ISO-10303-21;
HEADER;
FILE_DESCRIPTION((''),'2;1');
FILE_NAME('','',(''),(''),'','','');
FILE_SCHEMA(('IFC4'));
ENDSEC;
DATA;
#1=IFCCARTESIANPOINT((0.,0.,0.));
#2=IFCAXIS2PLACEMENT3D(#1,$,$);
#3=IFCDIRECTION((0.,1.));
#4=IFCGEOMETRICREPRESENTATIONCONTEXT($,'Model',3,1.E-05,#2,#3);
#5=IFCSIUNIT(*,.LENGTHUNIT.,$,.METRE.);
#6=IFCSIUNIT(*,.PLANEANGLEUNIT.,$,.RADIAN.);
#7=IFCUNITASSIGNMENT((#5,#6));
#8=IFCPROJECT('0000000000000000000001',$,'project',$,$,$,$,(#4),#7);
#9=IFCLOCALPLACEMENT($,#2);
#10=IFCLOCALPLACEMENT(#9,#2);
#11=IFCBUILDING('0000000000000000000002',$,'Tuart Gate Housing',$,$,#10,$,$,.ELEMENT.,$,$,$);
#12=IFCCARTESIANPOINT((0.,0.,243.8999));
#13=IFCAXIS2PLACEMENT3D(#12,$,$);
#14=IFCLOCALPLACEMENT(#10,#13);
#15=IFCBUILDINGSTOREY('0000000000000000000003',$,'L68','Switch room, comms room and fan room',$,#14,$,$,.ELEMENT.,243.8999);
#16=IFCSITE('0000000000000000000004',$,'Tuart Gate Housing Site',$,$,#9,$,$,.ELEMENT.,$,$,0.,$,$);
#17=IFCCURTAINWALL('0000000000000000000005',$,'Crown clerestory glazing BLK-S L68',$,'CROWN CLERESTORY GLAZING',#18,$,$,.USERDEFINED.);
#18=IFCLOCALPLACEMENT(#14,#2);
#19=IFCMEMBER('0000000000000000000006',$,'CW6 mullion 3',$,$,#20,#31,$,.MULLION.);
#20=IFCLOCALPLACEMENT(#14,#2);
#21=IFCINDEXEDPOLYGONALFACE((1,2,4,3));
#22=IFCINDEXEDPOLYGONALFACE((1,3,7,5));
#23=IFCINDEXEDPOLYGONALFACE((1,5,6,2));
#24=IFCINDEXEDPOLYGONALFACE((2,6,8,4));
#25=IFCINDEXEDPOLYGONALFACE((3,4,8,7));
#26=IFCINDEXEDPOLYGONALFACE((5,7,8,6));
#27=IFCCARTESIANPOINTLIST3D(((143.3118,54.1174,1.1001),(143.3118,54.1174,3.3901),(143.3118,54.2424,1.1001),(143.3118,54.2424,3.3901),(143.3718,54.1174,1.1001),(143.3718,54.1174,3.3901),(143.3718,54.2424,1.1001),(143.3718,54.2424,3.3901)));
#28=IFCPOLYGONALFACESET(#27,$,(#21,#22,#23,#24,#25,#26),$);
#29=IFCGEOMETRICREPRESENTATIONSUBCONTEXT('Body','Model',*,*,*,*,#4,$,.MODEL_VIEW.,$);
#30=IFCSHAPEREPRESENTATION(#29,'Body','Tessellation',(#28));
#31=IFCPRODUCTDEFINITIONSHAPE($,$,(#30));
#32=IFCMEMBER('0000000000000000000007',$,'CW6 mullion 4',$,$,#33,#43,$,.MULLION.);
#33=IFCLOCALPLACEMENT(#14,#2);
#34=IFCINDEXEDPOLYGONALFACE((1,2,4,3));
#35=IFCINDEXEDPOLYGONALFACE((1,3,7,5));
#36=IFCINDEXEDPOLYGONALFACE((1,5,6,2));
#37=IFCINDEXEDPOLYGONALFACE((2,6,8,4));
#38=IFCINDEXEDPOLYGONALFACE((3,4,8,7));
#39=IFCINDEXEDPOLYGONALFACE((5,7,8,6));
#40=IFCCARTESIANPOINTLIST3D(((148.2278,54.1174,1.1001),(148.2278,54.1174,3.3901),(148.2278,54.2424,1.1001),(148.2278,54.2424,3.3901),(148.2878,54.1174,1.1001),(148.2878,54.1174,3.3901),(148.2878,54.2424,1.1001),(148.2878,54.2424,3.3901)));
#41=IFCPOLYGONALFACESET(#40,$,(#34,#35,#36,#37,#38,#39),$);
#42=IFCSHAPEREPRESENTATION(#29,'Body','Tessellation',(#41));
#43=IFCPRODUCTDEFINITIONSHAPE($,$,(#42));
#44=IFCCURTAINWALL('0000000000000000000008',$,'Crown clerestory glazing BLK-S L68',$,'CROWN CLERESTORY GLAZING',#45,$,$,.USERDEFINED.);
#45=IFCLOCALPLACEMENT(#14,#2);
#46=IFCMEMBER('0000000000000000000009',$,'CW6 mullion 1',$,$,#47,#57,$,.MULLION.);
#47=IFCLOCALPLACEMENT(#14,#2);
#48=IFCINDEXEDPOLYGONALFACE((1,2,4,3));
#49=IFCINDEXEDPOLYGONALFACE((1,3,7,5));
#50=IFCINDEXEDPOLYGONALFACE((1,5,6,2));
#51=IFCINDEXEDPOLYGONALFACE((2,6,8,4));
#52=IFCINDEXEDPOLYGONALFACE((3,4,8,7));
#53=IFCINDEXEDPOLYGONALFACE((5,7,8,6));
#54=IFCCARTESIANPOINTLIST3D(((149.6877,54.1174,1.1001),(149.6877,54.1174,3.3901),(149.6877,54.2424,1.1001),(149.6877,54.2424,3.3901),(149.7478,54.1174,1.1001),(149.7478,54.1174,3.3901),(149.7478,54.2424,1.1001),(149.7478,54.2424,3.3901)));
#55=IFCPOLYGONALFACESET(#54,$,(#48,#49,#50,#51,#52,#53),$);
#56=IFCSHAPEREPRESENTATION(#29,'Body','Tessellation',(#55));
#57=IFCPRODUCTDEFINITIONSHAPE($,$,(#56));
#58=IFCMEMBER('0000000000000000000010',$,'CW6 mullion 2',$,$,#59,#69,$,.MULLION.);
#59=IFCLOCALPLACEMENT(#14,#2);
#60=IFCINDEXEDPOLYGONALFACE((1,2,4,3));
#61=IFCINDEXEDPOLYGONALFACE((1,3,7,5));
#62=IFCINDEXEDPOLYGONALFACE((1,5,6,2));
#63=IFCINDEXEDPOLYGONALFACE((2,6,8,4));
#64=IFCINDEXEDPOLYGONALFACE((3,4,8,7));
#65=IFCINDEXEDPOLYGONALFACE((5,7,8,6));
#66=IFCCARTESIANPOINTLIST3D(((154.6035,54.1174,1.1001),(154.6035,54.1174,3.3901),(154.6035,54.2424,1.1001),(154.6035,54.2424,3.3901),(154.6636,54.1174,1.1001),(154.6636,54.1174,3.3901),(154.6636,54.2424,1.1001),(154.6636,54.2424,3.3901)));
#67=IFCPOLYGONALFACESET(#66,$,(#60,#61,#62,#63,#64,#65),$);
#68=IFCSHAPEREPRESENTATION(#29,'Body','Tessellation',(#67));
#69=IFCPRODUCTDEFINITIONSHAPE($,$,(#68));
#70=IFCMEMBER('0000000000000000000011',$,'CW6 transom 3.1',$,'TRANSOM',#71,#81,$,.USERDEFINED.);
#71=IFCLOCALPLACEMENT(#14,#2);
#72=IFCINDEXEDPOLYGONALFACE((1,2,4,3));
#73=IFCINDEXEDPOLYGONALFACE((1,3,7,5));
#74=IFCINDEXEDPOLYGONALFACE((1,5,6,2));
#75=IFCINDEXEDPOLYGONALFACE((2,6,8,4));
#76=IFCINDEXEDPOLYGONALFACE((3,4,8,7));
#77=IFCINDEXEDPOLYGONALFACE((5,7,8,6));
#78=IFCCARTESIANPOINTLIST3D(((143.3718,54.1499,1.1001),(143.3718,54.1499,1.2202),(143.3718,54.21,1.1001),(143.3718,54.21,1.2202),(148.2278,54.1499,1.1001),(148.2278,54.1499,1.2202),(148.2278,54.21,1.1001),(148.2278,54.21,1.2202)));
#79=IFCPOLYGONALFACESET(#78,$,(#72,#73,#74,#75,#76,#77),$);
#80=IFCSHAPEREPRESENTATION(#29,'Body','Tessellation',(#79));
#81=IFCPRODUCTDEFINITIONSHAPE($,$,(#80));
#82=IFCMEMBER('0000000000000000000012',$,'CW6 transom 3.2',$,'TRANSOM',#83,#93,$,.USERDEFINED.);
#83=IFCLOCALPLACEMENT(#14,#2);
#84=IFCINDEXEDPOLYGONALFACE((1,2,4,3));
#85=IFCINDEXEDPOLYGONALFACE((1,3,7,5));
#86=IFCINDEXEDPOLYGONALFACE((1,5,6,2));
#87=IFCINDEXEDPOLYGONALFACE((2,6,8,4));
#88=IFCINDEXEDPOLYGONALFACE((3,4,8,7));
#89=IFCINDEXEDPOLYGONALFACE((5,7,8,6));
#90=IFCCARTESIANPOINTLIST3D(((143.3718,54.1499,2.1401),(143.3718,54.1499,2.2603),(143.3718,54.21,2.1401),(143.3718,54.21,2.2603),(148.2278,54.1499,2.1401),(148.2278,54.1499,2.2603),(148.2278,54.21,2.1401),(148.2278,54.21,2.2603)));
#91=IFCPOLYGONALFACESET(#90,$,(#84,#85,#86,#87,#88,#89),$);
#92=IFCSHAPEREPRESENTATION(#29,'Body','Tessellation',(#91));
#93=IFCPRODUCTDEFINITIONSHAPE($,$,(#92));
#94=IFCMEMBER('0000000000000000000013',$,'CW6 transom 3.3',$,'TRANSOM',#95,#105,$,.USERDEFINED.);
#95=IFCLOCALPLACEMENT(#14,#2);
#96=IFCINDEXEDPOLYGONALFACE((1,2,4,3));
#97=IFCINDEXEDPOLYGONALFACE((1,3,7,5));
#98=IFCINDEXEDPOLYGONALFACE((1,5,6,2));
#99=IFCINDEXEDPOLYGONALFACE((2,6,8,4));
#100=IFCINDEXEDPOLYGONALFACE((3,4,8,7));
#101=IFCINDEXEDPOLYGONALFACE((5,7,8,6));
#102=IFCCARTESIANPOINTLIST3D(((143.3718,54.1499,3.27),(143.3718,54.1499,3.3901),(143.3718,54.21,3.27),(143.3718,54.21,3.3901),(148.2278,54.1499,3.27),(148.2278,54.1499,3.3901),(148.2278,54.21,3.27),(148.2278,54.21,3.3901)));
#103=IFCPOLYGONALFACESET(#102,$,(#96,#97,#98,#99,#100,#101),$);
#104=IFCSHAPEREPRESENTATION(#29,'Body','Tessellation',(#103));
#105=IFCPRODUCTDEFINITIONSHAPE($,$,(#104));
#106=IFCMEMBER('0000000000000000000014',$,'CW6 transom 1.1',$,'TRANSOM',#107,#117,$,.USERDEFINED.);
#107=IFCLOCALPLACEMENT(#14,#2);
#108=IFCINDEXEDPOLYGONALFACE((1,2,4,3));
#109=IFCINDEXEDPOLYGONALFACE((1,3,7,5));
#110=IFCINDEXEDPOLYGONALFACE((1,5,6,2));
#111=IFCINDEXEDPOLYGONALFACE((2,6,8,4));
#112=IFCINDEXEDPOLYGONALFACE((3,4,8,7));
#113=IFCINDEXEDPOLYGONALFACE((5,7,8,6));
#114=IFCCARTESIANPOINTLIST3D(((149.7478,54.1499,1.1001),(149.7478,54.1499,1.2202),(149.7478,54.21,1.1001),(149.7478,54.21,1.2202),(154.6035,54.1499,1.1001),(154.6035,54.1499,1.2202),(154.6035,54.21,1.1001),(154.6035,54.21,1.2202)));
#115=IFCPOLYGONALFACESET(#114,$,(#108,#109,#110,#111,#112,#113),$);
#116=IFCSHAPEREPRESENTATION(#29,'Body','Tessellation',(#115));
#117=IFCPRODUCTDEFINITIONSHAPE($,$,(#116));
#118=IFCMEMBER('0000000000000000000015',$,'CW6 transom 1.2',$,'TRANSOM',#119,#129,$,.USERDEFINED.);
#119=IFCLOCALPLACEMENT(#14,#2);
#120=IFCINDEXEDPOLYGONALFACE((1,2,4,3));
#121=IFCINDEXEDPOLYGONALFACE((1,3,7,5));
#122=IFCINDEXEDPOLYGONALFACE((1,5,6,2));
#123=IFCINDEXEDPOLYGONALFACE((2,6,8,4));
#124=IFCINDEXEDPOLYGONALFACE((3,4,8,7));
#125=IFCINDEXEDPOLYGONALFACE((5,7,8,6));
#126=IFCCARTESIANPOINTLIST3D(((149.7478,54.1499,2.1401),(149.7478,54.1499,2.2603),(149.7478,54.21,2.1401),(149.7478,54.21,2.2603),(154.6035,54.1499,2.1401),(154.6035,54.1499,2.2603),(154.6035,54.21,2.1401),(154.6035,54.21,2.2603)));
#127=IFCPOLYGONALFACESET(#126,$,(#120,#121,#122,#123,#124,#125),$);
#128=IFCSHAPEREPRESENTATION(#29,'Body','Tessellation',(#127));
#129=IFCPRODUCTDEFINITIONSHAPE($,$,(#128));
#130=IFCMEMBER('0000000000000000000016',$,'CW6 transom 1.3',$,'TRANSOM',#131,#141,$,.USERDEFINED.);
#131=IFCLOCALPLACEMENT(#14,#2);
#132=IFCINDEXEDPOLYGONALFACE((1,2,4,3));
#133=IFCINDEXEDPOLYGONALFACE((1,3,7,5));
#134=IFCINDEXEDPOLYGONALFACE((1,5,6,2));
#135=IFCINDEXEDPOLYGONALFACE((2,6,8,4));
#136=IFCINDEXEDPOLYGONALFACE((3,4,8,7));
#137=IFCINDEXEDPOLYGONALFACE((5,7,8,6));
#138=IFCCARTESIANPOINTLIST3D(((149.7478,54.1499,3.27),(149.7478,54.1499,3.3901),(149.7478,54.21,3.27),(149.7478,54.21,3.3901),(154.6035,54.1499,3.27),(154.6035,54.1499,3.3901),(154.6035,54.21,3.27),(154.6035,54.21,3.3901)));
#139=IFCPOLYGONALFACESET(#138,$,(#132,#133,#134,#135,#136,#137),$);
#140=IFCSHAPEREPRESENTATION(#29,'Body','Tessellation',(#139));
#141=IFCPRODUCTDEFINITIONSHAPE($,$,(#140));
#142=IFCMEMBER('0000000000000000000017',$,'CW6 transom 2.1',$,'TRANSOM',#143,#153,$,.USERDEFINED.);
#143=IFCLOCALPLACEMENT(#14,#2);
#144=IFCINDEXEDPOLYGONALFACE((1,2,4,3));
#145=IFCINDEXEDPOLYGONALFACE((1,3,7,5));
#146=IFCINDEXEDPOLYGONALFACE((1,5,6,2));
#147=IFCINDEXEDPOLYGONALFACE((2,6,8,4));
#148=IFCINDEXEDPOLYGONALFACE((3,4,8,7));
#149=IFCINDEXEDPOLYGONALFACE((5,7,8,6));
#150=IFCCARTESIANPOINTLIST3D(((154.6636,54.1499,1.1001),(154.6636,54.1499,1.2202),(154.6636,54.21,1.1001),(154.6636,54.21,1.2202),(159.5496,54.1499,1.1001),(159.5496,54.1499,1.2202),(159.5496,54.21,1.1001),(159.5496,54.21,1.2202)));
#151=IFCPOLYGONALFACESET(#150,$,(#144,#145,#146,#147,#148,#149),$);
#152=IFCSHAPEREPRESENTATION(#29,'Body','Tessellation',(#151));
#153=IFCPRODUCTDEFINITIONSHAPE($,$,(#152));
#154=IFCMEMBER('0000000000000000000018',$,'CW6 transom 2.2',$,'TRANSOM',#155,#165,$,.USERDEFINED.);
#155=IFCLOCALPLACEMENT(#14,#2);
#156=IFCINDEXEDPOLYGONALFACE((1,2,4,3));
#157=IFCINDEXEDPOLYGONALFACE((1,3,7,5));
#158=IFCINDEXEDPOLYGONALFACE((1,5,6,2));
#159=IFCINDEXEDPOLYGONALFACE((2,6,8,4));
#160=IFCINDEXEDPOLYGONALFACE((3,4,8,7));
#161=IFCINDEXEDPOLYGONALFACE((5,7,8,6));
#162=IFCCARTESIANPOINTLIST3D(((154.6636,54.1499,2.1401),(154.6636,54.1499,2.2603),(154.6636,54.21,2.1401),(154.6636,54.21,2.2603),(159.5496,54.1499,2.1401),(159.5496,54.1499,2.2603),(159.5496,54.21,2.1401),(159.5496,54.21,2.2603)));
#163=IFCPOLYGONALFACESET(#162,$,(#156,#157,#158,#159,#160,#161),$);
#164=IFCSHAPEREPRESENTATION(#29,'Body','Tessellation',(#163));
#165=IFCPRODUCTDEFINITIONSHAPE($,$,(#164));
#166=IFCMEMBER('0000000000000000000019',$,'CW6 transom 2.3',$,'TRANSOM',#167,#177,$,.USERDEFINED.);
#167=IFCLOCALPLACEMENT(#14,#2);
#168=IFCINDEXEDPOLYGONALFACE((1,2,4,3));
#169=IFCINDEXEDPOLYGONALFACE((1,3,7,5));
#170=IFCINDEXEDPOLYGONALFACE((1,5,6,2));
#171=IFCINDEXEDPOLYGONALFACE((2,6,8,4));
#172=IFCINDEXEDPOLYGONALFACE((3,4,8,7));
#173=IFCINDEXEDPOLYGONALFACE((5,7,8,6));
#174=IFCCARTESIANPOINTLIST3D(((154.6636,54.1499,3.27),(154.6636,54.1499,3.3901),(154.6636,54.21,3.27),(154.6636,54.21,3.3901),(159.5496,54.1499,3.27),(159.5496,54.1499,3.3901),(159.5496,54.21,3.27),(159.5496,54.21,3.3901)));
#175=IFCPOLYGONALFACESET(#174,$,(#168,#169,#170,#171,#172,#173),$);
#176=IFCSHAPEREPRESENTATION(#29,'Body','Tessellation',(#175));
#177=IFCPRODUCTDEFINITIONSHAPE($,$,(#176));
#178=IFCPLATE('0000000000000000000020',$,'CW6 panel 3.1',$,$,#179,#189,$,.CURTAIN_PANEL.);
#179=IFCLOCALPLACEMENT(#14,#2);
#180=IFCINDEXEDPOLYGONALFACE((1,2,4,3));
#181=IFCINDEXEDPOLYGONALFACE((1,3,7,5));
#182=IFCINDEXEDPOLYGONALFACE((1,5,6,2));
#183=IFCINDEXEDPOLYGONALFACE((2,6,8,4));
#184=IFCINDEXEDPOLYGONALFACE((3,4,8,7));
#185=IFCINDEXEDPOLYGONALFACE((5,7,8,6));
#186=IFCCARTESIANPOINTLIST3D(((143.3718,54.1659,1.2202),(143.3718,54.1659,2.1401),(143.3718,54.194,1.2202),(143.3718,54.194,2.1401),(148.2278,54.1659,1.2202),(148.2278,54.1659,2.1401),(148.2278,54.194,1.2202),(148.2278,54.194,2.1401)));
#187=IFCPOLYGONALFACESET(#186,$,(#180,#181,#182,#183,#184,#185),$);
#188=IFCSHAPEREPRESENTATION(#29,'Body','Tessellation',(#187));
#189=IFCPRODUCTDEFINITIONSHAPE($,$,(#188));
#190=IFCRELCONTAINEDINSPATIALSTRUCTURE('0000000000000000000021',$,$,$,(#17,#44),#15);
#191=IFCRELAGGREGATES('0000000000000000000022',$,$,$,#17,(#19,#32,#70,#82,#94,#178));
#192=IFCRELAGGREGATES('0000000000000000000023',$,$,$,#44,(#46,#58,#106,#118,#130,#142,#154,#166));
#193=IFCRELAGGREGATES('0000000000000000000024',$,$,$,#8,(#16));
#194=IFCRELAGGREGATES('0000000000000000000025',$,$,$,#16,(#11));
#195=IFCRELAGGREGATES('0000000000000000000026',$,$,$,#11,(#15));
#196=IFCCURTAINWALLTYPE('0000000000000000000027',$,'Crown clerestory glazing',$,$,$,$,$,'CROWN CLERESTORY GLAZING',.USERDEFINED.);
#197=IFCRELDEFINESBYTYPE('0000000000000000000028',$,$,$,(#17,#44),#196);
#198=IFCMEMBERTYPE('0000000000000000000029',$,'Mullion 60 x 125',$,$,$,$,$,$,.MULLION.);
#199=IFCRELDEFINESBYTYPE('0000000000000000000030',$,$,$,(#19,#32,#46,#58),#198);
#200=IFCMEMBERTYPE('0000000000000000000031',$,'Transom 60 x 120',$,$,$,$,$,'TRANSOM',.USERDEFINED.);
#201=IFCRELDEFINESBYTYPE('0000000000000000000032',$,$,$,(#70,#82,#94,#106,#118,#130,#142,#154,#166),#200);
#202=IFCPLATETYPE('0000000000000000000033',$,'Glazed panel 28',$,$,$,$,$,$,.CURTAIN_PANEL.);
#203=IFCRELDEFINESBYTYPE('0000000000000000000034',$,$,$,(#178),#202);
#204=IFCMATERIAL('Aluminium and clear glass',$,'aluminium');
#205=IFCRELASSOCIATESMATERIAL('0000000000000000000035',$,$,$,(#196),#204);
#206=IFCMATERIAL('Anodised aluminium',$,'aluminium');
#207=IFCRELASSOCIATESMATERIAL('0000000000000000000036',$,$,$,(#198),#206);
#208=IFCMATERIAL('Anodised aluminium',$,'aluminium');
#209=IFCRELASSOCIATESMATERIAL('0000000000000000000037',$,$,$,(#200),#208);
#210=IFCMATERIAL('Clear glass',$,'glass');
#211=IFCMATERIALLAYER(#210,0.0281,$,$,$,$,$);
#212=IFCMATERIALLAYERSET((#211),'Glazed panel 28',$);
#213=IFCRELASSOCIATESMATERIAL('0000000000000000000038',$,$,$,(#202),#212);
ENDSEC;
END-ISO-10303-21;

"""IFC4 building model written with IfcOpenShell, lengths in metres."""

from ifc_helpers import new_model, si_unit, direction, frame, origin, origin_2d, place, context, subcontext, project, spatial, rectangle, extrude, material, layer, layer_set, material_profile, profile_set, type_object, element, aggregate, save


model = new_model("IFC4")

# Units and contexts
model_context = context("Model", 3, precision=1e-05, world=origin(), true_north=direction((0.0, 1.0)))
body_context = subcontext(model_context, "Body", "Model", "MODEL_VIEW")
ifc_project = project(units=[si_unit("LENGTHUNIT", "METRE"), si_unit("PLANEANGLEUNIT", "RADIAN")], contexts=[model_context])

# Site, building, storey
site_placement = place(None, origin())
site = spatial("IfcSite", under=ifc_project, at=site_placement, Name="Tuart Gate Housing Site", CompositionType="ELEMENT", RefElevation=0.0)
building_placement = place(site_placement, origin())
building = spatial("IfcBuilding", under=site, at=building_placement, Name="Tuart Gate Housing", CompositionType="ELEMENT")
storey_placement = place(building_placement, frame((0.0, 0.0, 243.8999)))
storey = spatial("IfcBuildingStorey", under=building, at=storey_placement, Name="L68", Description="Switch room, comms room and fan room", CompositionType="ELEMENT", Elevation=243.8999)

# Curtain walls, members
ifc_material_1 = material(Name="Aluminium and clear glass", Category="aluminium")
curtain_wall_type = type_object("IfcCurtainWallType", Name="Crown clerestory glazing", ElementType="CROWN CLERESTORY GLAZING", PredefinedType="USERDEFINED", material=ifc_material_1)
curtain_wall_1_placement = place(storey_placement, origin())
curtain_wall_1 = element("IfcCurtainWall", 1, at=curtain_wall_1_placement, inside=storey, type_object=curtain_wall_type, Name="Crown clerestory glazing BLK-S L68", ObjectType="CROWN CLERESTORY GLAZING", PredefinedType="USERDEFINED")
ifc_material_2 = material(Name="Anodised aluminium", Category="aluminium")
ifc_material_profile_1 = material_profile(ifc_material_2, rectangle(XDim=0.0601, YDim=0.125, at=origin_2d()), Name="60x125")
ifc_profile_set_1 = profile_set([ifc_material_profile_1], Name="Anodised aluminium")
member_type_1 = type_object("IfcMemberType", Name="Mullion 60 x 125", PredefinedType="MULLION", material=ifc_profile_set_1)
member_1_placement = place(storey_placement, frame((143.3418, 54.1799, 1.1001), z_axis=(0.0, 0.0, 1.0), x_axis=(1.0, 0.0, 0.0)))
member_1 = element("IfcMember", 2, at=member_1_placement, type_object=member_type_1, Name="CW6 mullion 3", PredefinedType="MULLION", context=body_context, shape_type="SweptSolid", body=[
    extrude(rectangle(XDim=0.0601, YDim=0.125, at=origin_2d()), origin(), (0.0, 0.0, 1.0), 2.29),
])
member_2_placement = place(storey_placement, frame((148.2578, 54.1799, 1.1001), z_axis=(0.0, 0.0, 1.0), x_axis=(1.0, 0.0, 0.0)))
member_2 = element("IfcMember", 3, at=member_2_placement, type_object=member_type_1, Name="CW6 mullion 4", PredefinedType="MULLION", context=body_context, shape_type="SweptSolid", body=[
    extrude(rectangle(XDim=0.0601, YDim=0.125, at=origin_2d()), origin(), (0.0, 0.0, 1.0), 2.29),
])
curtain_wall_2_placement = place(storey_placement, origin())
curtain_wall_2 = element("IfcCurtainWall", 4, at=curtain_wall_2_placement, inside=storey, type_object=curtain_wall_type, Name="Crown clerestory glazing BLK-S L68", ObjectType="CROWN CLERESTORY GLAZING", PredefinedType="USERDEFINED")
member_3_placement = place(storey_placement, frame((149.7178, 54.1799, 1.1001), z_axis=(0.0, 0.0, 1.0), x_axis=(1.0, 0.0, 0.0)))
member_3 = element("IfcMember", 5, at=member_3_placement, type_object=member_type_1, Name="CW6 mullion 1", PredefinedType="MULLION", context=body_context, shape_type="SweptSolid", body=[
    extrude(rectangle(XDim=0.0601, YDim=0.125, at=origin_2d()), origin(), (0.0, 0.0, 1.0), 2.29),
])
member_4_placement = place(storey_placement, frame((154.6335, 54.1799, 1.1001), z_axis=(0.0, 0.0, 1.0), x_axis=(1.0, 0.0, 0.0)))
member_4 = element("IfcMember", 6, at=member_4_placement, type_object=member_type_1, Name="CW6 mullion 2", PredefinedType="MULLION", context=body_context, shape_type="SweptSolid", body=[
    extrude(rectangle(XDim=0.0601, YDim=0.125, at=origin_2d()), origin(), (0.0, 0.0, 1.0), 2.29),
])

# Members
ifc_material_3 = material(Name="Anodised aluminium", Category="aluminium")
ifc_material_profile_2 = material_profile(ifc_material_3, rectangle(XDim=0.0601, YDim=0.1201, at=origin_2d()), Name="60x120")
ifc_profile_set_2 = profile_set([ifc_material_profile_2], Name="Anodised aluminium")
member_type_2 = type_object("IfcMemberType", Name="Transom 60 x 120", ElementType="TRANSOM", PredefinedType="USERDEFINED", material=ifc_profile_set_2)
member_5_placement = place(storey_placement, frame((143.3718, 54.1799, 1.1602), z_axis=(1.0, 0.0, 0.0), x_axis=(0.0, 1.0, 0.0)))
member_5 = element("IfcMember", 7, at=member_5_placement, type_object=member_type_2, Name="CW6 transom 3.1", ObjectType="TRANSOM", PredefinedType="USERDEFINED", context=body_context, shape_type="SweptSolid", body=[
    extrude(rectangle(XDim=0.0601, YDim=0.1201, at=origin_2d()), origin(), (0.0, 0.0, 1.0), 4.856),
])
member_6_placement = place(storey_placement, frame((143.3718, 54.1799, 2.2002), z_axis=(1.0, 0.0, 0.0), x_axis=(0.0, 1.0, 0.0)))
member_6 = element("IfcMember", 8, at=member_6_placement, type_object=member_type_2, Name="CW6 transom 3.2", ObjectType="TRANSOM", PredefinedType="USERDEFINED", context=body_context, shape_type="SweptSolid", body=[
    extrude(rectangle(XDim=0.0601, YDim=0.1201, at=origin_2d()), origin(), (0.0, 0.0, 1.0), 4.856),
])
member_7_placement = place(storey_placement, frame((143.3718, 54.1799, 3.3301), z_axis=(1.0, 0.0, 0.0), x_axis=(0.0, 1.0, 0.0)))
member_7 = element("IfcMember", 9, at=member_7_placement, type_object=member_type_2, Name="CW6 transom 3.3", ObjectType="TRANSOM", PredefinedType="USERDEFINED", context=body_context, shape_type="SweptSolid", body=[
    extrude(rectangle(XDim=0.0601, YDim=0.1201, at=origin_2d()), origin(), (0.0, 0.0, 1.0), 4.856),
])
member_8_placement = place(storey_placement, frame((149.7478, 54.1799, 1.1602), z_axis=(1.0, 0.0, 0.0), x_axis=(0.0, 1.0, 0.0)))
member_8 = element("IfcMember", 10, at=member_8_placement, type_object=member_type_2, Name="CW6 transom 1.1", ObjectType="TRANSOM", PredefinedType="USERDEFINED", context=body_context, shape_type="SweptSolid", body=[
    extrude(rectangle(XDim=0.0601, YDim=0.1201, at=origin_2d()), origin(), (0.0, 0.0, 1.0), 4.8557),
])
member_9_placement = place(storey_placement, frame((149.7478, 54.1799, 2.2002), z_axis=(1.0, 0.0, 0.0), x_axis=(0.0, 1.0, 0.0)))
member_9 = element("IfcMember", 11, at=member_9_placement, type_object=member_type_2, Name="CW6 transom 1.2", ObjectType="TRANSOM", PredefinedType="USERDEFINED", context=body_context, shape_type="SweptSolid", body=[
    extrude(rectangle(XDim=0.0601, YDim=0.1201, at=origin_2d()), origin(), (0.0, 0.0, 1.0), 4.8557),
])
member_10_placement = place(storey_placement, frame((149.7478, 54.1799, 3.3301), z_axis=(1.0, 0.0, 0.0), x_axis=(0.0, 1.0, 0.0)))
member_10 = element("IfcMember", 12, at=member_10_placement, type_object=member_type_2, Name="CW6 transom 1.3", ObjectType="TRANSOM", PredefinedType="USERDEFINED", context=body_context, shape_type="SweptSolid", body=[
    extrude(rectangle(XDim=0.0601, YDim=0.1201, at=origin_2d()), origin(), (0.0, 0.0, 1.0), 4.8557),
])
member_11_placement = place(storey_placement, frame((154.6636, 54.1799, 1.1602), z_axis=(1.0, 0.0, 0.0), x_axis=(0.0, 1.0, 0.0)))
member_11 = element("IfcMember", 13, at=member_11_placement, type_object=member_type_2, Name="CW6 transom 2.1", ObjectType="TRANSOM", PredefinedType="USERDEFINED", context=body_context, shape_type="SweptSolid", body=[
    extrude(rectangle(XDim=0.0601, YDim=0.1201, at=origin_2d()), origin(), (0.0, 0.0, 1.0), 4.886),
])
member_12_placement = place(storey_placement, frame((154.6636, 54.1799, 2.2002), z_axis=(1.0, 0.0, 0.0), x_axis=(0.0, 1.0, 0.0)))
member_12 = element("IfcMember", 14, at=member_12_placement, type_object=member_type_2, Name="CW6 transom 2.2", ObjectType="TRANSOM", PredefinedType="USERDEFINED", context=body_context, shape_type="SweptSolid", body=[
    extrude(rectangle(XDim=0.0601, YDim=0.1201, at=origin_2d()), origin(), (0.0, 0.0, 1.0), 4.886),
])
member_13_placement = place(storey_placement, frame((154.6636, 54.1799, 3.3301), z_axis=(1.0, 0.0, 0.0), x_axis=(0.0, 1.0, 0.0)))
member_13 = element("IfcMember", 15, at=member_13_placement, type_object=member_type_2, Name="CW6 transom 2.3", ObjectType="TRANSOM", PredefinedType="USERDEFINED", context=body_context, shape_type="SweptSolid", body=[
    extrude(rectangle(XDim=0.0601, YDim=0.1201, at=origin_2d()), origin(), (0.0, 0.0, 1.0), 4.886),
])

# Plate
ifc_material_4 = material(Name="Clear glass", Category="glass")
ifc_layer_1 = layer(ifc_material_4, 0.0281)
ifc_layer_set_1 = layer_set([ifc_layer_1], Name="Glazed panel 28")
plate_type = type_object("IfcPlateType", Name="Glazed panel 28", PredefinedType="CURTAIN_PANEL", material=ifc_layer_set_1)
plate_1_placement = place(storey_placement, frame((145.7998, 54.1799, 1.2202), z_axis=(0.0, 0.0, 1.0), x_axis=(1.0, 0.0, 0.0)))
plate_1 = element("IfcPlate", 16, at=plate_1_placement, type_object=plate_type, Name="CW6 panel 3.1", PredefinedType="CURTAIN_PANEL", context=body_context, shape_type="SweptSolid", body=[
    extrude(rectangle(XDim=4.856, YDim=0.0281, at=origin_2d()), origin(), (0.0, 0.0, 1.0), 0.9199),
])
aggregate(curtain_wall_1, [member_1, member_2, member_5, member_6, member_7, plate_1])
aggregate(curtain_wall_2, [member_3, member_4, member_8, member_9, member_10, member_11, member_12, member_13])

save(model, "model.ifc")
